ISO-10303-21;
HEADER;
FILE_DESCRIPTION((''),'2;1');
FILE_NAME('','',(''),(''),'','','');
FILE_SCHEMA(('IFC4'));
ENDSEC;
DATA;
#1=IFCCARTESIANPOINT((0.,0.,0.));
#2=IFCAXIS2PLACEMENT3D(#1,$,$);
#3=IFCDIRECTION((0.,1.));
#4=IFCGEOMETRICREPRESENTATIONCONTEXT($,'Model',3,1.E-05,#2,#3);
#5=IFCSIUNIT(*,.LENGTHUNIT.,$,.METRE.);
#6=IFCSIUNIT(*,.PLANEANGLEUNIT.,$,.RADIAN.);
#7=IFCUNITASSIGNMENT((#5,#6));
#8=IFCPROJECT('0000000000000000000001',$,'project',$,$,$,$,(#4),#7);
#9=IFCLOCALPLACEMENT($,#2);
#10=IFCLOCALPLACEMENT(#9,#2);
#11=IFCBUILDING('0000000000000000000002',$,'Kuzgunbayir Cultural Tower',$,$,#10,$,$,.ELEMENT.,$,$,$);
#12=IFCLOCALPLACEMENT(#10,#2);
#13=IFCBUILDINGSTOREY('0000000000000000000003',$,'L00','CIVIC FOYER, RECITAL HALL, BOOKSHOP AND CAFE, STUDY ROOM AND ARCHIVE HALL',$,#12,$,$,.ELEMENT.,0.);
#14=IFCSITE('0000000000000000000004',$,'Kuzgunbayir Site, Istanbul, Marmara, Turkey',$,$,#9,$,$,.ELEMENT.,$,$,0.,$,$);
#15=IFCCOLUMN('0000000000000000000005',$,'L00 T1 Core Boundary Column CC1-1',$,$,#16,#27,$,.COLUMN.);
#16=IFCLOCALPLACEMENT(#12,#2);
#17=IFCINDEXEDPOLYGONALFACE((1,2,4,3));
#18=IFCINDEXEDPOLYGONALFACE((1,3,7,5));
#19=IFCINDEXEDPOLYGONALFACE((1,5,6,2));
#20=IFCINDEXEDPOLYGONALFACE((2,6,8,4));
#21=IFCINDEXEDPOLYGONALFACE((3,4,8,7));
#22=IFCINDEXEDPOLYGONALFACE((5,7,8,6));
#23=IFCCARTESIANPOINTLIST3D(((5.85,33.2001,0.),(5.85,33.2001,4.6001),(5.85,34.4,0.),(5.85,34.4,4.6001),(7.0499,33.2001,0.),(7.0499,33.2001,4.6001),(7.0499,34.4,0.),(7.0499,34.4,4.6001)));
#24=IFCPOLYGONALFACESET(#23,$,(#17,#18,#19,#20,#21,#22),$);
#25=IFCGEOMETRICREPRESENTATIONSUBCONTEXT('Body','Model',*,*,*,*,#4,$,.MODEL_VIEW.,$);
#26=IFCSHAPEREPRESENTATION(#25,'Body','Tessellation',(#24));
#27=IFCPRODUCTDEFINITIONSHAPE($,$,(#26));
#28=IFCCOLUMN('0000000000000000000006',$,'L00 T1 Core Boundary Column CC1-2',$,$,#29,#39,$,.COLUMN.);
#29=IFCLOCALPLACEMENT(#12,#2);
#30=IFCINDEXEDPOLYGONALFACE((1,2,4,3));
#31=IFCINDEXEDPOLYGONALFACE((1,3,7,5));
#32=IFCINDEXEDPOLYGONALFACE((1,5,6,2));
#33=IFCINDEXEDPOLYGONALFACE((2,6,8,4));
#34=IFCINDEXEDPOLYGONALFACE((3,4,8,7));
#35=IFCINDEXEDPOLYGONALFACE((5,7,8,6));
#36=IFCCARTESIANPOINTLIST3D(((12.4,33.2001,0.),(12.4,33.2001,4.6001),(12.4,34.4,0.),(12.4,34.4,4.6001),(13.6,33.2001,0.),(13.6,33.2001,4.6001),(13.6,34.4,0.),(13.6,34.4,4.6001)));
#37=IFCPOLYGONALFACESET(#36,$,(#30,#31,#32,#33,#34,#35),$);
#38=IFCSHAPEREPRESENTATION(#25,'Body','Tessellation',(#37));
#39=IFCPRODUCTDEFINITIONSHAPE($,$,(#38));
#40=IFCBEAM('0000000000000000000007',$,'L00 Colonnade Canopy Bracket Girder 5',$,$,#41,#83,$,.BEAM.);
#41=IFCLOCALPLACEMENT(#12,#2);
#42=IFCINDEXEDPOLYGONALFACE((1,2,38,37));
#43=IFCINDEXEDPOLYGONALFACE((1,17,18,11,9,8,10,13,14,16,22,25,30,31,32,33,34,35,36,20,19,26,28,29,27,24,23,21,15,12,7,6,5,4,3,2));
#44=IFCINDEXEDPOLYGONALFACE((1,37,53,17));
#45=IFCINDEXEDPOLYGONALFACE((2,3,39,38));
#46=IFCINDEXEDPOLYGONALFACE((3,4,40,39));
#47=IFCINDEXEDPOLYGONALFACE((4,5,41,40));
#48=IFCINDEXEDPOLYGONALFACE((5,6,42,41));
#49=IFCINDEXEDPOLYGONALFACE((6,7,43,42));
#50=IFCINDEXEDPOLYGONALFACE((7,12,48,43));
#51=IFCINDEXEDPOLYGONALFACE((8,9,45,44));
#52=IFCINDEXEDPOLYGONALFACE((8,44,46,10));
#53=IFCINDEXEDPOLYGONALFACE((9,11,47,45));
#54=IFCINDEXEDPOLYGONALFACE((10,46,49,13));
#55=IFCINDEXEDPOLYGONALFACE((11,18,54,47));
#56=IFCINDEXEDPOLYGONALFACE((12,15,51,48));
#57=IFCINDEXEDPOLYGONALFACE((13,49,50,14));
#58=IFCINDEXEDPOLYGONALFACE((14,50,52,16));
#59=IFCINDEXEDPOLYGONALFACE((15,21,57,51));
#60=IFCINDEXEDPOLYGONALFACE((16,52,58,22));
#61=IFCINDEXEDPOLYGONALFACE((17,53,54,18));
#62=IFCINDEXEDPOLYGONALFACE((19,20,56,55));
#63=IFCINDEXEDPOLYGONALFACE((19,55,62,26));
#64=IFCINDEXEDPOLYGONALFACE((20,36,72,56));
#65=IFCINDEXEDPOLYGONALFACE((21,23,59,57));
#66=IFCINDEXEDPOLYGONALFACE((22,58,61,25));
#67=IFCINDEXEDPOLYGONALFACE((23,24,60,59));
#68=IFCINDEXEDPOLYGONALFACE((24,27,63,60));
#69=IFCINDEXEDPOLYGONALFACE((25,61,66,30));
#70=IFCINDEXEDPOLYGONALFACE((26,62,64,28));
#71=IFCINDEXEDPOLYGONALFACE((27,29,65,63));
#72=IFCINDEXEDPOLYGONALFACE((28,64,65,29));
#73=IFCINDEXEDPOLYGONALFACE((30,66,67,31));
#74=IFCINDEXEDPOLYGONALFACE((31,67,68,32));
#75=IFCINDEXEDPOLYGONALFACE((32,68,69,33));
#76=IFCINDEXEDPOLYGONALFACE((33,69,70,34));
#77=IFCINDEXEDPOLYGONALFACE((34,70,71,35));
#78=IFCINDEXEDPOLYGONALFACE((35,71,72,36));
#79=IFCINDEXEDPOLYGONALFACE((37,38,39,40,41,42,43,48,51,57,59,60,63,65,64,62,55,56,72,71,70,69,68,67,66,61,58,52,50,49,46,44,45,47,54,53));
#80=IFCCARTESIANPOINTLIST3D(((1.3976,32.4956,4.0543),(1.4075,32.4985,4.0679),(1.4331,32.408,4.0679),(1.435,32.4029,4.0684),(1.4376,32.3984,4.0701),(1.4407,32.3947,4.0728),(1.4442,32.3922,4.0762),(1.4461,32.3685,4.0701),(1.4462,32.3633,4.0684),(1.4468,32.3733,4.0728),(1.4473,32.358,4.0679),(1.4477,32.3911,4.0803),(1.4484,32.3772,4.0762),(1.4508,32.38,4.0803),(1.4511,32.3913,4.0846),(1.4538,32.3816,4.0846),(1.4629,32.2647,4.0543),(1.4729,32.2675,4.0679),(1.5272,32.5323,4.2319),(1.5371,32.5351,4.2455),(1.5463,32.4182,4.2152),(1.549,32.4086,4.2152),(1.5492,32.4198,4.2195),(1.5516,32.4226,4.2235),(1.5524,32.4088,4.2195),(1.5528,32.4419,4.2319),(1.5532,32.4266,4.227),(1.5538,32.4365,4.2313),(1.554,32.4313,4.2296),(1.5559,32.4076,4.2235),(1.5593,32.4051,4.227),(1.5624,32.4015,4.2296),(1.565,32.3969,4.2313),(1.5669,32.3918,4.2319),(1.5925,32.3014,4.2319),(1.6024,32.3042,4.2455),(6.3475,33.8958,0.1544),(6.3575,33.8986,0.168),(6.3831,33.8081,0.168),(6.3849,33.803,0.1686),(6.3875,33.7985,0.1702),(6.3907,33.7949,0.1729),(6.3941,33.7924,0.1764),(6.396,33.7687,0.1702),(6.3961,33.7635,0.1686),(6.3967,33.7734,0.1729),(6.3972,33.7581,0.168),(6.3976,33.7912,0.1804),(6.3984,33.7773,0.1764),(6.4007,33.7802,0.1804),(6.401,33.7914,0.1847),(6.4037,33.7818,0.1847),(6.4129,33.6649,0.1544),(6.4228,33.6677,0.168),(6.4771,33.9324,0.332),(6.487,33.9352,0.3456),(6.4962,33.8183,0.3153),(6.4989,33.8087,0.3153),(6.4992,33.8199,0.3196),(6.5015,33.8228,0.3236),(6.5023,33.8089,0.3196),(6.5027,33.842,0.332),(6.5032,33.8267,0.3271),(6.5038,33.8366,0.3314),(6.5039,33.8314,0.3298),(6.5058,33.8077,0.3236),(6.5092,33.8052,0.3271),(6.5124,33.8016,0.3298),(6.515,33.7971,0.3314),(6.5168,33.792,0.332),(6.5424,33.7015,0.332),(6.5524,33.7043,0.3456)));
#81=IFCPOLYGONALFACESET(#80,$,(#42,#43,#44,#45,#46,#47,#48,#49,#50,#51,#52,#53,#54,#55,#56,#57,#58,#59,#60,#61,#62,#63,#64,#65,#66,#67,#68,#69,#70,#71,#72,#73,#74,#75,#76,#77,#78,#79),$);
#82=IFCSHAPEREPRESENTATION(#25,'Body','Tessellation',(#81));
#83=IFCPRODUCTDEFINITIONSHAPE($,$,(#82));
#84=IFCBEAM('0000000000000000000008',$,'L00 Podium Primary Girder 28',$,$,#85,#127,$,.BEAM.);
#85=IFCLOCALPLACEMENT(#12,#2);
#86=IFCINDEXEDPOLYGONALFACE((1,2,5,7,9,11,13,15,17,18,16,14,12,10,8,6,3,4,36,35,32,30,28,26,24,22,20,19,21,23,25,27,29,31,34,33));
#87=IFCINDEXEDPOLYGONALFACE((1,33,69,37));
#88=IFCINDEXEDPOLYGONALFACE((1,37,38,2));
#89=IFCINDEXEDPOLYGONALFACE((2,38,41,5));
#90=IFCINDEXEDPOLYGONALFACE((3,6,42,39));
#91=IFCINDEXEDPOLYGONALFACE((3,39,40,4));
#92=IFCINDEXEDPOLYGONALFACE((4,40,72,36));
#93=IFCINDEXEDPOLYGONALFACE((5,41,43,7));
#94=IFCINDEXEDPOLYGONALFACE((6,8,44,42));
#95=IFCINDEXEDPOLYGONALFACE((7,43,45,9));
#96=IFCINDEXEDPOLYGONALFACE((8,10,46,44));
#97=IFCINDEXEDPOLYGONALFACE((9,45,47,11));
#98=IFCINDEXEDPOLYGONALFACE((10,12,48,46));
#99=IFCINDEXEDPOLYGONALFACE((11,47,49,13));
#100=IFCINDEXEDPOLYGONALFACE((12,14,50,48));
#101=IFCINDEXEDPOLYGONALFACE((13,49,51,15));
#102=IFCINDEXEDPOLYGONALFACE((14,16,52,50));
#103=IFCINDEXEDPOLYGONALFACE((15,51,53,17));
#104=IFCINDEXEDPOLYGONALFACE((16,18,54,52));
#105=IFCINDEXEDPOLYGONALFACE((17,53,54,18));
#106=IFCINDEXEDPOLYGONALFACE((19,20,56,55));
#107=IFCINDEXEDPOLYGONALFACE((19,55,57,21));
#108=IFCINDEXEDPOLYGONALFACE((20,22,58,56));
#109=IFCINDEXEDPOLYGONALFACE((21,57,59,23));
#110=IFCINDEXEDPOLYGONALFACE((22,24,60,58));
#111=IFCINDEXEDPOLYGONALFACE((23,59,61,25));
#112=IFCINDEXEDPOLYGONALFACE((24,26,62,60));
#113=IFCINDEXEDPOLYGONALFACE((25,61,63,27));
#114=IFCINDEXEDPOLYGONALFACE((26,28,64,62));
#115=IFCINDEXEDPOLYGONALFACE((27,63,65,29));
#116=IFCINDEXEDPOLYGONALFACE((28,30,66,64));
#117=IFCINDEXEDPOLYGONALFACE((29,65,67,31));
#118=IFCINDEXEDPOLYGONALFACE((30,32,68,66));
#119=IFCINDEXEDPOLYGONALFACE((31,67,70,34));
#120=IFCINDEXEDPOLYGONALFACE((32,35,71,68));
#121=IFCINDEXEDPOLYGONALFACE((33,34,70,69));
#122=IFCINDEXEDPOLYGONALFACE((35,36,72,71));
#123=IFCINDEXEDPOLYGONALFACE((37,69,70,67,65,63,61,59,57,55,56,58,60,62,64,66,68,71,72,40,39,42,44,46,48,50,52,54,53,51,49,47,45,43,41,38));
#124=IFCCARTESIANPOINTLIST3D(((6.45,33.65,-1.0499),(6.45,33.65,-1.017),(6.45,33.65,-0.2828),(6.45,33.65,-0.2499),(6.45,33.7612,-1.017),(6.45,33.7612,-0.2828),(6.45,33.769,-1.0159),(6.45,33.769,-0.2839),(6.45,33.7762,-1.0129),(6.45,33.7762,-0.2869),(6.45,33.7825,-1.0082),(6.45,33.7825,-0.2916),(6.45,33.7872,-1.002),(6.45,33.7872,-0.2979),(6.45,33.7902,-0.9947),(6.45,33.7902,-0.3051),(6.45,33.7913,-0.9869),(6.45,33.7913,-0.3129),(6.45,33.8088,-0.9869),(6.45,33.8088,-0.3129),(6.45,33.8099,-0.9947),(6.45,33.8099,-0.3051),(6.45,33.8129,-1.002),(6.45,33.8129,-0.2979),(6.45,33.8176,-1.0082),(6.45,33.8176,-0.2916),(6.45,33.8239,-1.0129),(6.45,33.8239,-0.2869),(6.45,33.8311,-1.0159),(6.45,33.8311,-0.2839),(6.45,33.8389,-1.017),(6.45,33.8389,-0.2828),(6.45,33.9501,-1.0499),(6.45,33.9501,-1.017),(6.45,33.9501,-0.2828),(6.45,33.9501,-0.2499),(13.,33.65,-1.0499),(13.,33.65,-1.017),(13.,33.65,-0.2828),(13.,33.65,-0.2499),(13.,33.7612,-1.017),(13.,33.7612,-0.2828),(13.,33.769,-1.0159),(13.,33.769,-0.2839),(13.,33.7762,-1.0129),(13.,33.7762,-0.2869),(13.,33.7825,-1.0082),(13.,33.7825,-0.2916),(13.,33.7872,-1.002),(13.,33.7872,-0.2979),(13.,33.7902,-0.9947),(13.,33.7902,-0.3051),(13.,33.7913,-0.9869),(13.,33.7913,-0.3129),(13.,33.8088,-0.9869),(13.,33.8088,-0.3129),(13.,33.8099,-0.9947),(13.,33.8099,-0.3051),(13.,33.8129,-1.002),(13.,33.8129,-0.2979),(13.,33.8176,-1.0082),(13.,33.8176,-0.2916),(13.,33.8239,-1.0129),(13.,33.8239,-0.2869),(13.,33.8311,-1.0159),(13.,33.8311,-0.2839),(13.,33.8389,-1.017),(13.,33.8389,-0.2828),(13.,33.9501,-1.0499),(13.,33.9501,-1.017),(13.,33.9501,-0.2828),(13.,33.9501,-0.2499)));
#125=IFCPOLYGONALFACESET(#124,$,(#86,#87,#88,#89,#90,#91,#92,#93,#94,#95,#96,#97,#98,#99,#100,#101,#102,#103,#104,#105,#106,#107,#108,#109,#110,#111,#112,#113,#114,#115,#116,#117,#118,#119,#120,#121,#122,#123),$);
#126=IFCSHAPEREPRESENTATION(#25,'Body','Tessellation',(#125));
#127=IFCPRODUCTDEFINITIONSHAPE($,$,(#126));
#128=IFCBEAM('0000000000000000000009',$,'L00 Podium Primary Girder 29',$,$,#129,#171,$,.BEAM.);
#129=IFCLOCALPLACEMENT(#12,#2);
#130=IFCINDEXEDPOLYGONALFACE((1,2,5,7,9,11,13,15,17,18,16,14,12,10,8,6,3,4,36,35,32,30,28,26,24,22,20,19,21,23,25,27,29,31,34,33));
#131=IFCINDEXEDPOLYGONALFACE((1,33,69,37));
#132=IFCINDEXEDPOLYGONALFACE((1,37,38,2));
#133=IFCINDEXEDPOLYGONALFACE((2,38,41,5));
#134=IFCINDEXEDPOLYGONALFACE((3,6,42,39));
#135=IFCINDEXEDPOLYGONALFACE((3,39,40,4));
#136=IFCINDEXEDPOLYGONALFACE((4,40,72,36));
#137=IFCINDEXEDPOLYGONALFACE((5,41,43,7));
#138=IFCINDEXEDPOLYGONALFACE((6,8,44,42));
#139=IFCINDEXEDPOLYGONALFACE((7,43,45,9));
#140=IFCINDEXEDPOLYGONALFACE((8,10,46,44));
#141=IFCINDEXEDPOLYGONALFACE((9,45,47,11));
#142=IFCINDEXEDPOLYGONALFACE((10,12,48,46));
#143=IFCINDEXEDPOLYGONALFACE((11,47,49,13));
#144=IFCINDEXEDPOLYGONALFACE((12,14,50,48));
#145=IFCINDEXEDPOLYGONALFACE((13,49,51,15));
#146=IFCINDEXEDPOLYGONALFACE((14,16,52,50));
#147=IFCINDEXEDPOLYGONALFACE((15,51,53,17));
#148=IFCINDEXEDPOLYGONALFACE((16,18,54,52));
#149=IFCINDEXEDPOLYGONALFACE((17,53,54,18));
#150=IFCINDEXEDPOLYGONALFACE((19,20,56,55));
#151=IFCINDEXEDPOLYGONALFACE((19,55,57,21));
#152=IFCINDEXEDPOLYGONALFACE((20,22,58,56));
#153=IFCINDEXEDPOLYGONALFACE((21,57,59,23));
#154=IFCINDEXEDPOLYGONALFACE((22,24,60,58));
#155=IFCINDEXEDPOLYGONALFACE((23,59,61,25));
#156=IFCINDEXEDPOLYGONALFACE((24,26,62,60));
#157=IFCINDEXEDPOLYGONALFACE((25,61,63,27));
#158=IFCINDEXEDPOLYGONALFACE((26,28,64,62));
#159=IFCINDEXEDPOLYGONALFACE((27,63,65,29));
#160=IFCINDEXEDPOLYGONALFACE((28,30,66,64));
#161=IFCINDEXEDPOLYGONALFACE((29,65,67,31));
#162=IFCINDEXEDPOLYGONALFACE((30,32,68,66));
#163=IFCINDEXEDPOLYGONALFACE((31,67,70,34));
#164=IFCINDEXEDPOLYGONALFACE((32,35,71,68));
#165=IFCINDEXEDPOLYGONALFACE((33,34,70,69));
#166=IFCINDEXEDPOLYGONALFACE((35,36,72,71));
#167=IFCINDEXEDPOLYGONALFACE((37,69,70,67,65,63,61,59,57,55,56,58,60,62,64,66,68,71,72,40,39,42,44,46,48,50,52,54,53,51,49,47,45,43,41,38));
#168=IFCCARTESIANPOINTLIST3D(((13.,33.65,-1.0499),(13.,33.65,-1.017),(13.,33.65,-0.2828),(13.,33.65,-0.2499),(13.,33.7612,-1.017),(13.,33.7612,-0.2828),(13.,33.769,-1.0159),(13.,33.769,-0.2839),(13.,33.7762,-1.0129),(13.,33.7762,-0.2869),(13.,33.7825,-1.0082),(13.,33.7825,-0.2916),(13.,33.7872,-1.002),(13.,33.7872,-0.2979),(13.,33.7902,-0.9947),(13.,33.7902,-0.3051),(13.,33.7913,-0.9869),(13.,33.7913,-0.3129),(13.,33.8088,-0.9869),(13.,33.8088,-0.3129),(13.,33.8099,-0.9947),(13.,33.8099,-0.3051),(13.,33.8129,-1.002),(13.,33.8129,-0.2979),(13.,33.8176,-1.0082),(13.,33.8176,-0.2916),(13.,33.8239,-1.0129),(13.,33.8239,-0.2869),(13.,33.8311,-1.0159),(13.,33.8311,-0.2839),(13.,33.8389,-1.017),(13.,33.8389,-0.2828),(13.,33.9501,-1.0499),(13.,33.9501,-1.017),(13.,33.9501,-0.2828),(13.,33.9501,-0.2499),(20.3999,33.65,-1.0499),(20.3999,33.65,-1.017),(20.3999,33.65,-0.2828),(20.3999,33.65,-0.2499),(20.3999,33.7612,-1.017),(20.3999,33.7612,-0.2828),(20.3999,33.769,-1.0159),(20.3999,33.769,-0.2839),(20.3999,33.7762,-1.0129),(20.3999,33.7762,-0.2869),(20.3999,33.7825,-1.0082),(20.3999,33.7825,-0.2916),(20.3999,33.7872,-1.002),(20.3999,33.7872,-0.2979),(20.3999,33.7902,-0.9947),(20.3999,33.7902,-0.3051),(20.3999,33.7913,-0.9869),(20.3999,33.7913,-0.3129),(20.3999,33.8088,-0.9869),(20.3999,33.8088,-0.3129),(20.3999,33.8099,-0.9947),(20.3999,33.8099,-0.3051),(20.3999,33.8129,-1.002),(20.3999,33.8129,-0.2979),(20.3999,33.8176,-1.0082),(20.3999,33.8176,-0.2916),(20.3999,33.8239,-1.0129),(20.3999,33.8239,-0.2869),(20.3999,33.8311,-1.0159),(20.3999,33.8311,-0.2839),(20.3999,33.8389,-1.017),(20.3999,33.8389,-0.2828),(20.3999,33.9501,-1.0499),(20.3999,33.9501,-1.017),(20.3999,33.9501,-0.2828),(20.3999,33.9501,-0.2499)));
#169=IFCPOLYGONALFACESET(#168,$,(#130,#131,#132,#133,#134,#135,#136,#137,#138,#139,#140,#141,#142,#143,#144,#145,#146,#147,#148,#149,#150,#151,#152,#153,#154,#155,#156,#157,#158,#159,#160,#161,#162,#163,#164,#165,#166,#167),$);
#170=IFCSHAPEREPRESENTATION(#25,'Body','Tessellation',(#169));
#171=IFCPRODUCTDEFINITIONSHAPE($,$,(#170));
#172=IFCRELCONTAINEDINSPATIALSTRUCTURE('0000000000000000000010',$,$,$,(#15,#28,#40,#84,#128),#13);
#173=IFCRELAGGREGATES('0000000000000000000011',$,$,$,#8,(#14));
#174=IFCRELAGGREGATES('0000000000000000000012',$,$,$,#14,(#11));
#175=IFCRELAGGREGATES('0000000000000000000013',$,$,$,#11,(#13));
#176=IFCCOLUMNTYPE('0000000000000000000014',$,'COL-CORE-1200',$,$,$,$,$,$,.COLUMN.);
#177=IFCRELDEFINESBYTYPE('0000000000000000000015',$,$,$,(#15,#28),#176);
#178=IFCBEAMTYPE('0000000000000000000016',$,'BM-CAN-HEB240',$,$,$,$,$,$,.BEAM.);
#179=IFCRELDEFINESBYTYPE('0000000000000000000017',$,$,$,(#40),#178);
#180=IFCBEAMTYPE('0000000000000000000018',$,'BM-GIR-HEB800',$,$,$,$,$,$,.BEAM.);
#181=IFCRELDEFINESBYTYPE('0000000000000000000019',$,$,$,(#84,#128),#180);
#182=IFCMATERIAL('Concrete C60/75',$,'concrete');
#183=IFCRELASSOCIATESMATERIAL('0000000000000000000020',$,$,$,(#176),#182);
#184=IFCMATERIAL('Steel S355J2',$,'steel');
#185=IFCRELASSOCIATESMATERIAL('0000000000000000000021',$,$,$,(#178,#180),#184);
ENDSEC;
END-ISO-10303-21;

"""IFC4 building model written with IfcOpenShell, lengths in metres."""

from ifc_helpers import new_model, si_unit, direction, frame, origin, origin_2d, place, context, subcontext, project, spatial, rectangle, i_section, extrude, material, material_profile, profile_set, type_object, element, save


model = new_model("IFC4")

# Units and contexts
model_context = context("Model", 3, precision=1e-05, world=origin(), true_north=direction((0.0, 1.0)))
body_context = subcontext(model_context, "Body", "Model", "MODEL_VIEW")
ifc_project = project(units=[si_unit("LENGTHUNIT", "METRE"), si_unit("PLANEANGLEUNIT", "RADIAN")], contexts=[model_context])

# Site, building, storey
site_placement = place(None, origin())
site = spatial("IfcSite", under=ifc_project, at=site_placement, Name="Kuzgunbayir Site, Istanbul, Marmara, Turkey", CompositionType="ELEMENT", RefElevation=0.0)
building_placement = place(site_placement, origin())
building = spatial("IfcBuilding", under=site, at=building_placement, Name="Kuzgunbayir Cultural Tower", CompositionType="ELEMENT")
storey_placement = place(building_placement, origin())
storey = spatial("IfcBuildingStorey", under=building, at=storey_placement, Name="L00", Description="CIVIC FOYER, RECITAL HALL, BOOKSHOP AND CAFE, STUDY ROOM AND ARCHIVE HALL", CompositionType="ELEMENT", Elevation=0.0)

# Columns
ifc_material_1 = material(Name="Concrete C60/75", Category="concrete")
ifc_material_profile_1 = material_profile(ifc_material_1, rectangle(XDim=1.2, YDim=1.2, at=origin_2d()), Name="RC 1200x1200")
ifc_profile_set_1 = profile_set([ifc_material_profile_1], Name="Concrete C60/75")
column_type = type_object("IfcColumnType", Name="COL-CORE-1200", PredefinedType="COLUMN", material=ifc_profile_set_1)
for number, where, z_axis, x_axis, name in (
    (1, (6.45, 33.8, 0.0), (0.0, 0.0, 1.0), (1.0, 0.0, 0.0), "L00 T1 Core Boundary Column CC1-1"),
    (2, (13.0, 33.8, 0.0), (0.0, 0.0, 1.0), (1.0, 0.0, 0.0), "L00 T1 Core Boundary Column CC1-2"),
):
    element("IfcColumn", number, at=place(storey_placement, frame(where, z_axis=z_axis, x_axis=x_axis)), inside=storey, type_object=column_type, Name=name, PredefinedType="COLUMN", context=body_context, shape_type="SweptSolid", body=[
        extrude(rectangle(XDim=1.2, YDim=1.2, at=origin_2d()), origin(), (0.0, 0.0, 1.0), 4.6001),
    ])

# Beams
ifc_material_2 = material(Name="Steel S355J2", Category="steel")
ifc_material_profile_2 = material_profile(ifc_material_2, i_section(OverallWidth=0.24, OverallDepth=0.24, WebThickness=0.01, FlangeThickness=0.0171, FilletRadius=0.021, at=origin_2d()), Name="HEB 240")
ifc_profile_set_2 = profile_set([ifc_material_profile_2], Name="Steel S355J2")
beam_type_1 = type_object("IfcBeamType", Name="BM-CAN-HEB240", PredefinedType="BEAM", material=ifc_profile_set_2)
beam_1_placement = place(storey_placement, frame((6.45, 33.8, 0.25), z_axis=(-0.766797, -0.216897, 0.604134), x_axis=(0.272182, -0.962246, 0.0)))
element("IfcBeam", 3, at=beam_1_placement, inside=storey, type_object=beam_type_1, Name="L00 Colonnade Canopy Bracket Girder 5", PredefinedType="BEAM", context=body_context, shape_type="SweptSolid", body=[
    extrude(i_section(OverallWidth=0.24, OverallDepth=0.24, WebThickness=0.01, FlangeThickness=0.0171, FilletRadius=0.021, at=origin_2d()), origin(), (0.0, 0.0, 1.0), 6.4553),
])
ifc_material_profile_3 = material_profile(ifc_material_2, i_section(OverallWidth=0.3, OverallDepth=0.8, WebThickness=0.0176, FlangeThickness=0.033, FilletRadius=0.03, at=origin_2d()), Name="HEB 800")
ifc_profile_set_3 = profile_set([ifc_material_profile_3], Name="Steel S355J2")
beam_type_2 = type_object("IfcBeamType", Name="BM-GIR-HEB800", PredefinedType="BEAM", material=ifc_profile_set_3)
beam_2_placement = place(storey_placement, frame((6.45, 33.8, -0.6499), z_axis=(1.0, 0.0, 0.0), x_axis=(0.0, 1.0, 0.0)))
element("IfcBeam", 4, at=beam_2_placement, inside=storey, type_object=beam_type_2, Name="L00 Podium Primary Girder 28", PredefinedType="BEAM", context=body_context, shape_type="SweptSolid", body=[
    extrude(i_section(OverallWidth=0.3, OverallDepth=0.8, WebThickness=0.0176, FlangeThickness=0.033, FilletRadius=0.03, at=origin_2d()), origin(), (0.0, 0.0, 1.0), 6.55),
])
beam_3_placement = place(storey_placement, frame((13.0, 33.8, -0.6499), z_axis=(1.0, 0.0, 0.0), x_axis=(0.0, 1.0, 0.0)))
element("IfcBeam", 5, at=beam_3_placement, inside=storey, type_object=beam_type_2, Name="L00 Podium Primary Girder 29", PredefinedType="BEAM", context=body_context, shape_type="SweptSolid", body=[
    extrude(i_section(OverallWidth=0.3, OverallDepth=0.8, WebThickness=0.0176, FlangeThickness=0.033, FilletRadius=0.03, at=origin_2d()), origin(), (0.0, 0.0, 1.0), 7.3999),
])

save(model, "model.ifc")
